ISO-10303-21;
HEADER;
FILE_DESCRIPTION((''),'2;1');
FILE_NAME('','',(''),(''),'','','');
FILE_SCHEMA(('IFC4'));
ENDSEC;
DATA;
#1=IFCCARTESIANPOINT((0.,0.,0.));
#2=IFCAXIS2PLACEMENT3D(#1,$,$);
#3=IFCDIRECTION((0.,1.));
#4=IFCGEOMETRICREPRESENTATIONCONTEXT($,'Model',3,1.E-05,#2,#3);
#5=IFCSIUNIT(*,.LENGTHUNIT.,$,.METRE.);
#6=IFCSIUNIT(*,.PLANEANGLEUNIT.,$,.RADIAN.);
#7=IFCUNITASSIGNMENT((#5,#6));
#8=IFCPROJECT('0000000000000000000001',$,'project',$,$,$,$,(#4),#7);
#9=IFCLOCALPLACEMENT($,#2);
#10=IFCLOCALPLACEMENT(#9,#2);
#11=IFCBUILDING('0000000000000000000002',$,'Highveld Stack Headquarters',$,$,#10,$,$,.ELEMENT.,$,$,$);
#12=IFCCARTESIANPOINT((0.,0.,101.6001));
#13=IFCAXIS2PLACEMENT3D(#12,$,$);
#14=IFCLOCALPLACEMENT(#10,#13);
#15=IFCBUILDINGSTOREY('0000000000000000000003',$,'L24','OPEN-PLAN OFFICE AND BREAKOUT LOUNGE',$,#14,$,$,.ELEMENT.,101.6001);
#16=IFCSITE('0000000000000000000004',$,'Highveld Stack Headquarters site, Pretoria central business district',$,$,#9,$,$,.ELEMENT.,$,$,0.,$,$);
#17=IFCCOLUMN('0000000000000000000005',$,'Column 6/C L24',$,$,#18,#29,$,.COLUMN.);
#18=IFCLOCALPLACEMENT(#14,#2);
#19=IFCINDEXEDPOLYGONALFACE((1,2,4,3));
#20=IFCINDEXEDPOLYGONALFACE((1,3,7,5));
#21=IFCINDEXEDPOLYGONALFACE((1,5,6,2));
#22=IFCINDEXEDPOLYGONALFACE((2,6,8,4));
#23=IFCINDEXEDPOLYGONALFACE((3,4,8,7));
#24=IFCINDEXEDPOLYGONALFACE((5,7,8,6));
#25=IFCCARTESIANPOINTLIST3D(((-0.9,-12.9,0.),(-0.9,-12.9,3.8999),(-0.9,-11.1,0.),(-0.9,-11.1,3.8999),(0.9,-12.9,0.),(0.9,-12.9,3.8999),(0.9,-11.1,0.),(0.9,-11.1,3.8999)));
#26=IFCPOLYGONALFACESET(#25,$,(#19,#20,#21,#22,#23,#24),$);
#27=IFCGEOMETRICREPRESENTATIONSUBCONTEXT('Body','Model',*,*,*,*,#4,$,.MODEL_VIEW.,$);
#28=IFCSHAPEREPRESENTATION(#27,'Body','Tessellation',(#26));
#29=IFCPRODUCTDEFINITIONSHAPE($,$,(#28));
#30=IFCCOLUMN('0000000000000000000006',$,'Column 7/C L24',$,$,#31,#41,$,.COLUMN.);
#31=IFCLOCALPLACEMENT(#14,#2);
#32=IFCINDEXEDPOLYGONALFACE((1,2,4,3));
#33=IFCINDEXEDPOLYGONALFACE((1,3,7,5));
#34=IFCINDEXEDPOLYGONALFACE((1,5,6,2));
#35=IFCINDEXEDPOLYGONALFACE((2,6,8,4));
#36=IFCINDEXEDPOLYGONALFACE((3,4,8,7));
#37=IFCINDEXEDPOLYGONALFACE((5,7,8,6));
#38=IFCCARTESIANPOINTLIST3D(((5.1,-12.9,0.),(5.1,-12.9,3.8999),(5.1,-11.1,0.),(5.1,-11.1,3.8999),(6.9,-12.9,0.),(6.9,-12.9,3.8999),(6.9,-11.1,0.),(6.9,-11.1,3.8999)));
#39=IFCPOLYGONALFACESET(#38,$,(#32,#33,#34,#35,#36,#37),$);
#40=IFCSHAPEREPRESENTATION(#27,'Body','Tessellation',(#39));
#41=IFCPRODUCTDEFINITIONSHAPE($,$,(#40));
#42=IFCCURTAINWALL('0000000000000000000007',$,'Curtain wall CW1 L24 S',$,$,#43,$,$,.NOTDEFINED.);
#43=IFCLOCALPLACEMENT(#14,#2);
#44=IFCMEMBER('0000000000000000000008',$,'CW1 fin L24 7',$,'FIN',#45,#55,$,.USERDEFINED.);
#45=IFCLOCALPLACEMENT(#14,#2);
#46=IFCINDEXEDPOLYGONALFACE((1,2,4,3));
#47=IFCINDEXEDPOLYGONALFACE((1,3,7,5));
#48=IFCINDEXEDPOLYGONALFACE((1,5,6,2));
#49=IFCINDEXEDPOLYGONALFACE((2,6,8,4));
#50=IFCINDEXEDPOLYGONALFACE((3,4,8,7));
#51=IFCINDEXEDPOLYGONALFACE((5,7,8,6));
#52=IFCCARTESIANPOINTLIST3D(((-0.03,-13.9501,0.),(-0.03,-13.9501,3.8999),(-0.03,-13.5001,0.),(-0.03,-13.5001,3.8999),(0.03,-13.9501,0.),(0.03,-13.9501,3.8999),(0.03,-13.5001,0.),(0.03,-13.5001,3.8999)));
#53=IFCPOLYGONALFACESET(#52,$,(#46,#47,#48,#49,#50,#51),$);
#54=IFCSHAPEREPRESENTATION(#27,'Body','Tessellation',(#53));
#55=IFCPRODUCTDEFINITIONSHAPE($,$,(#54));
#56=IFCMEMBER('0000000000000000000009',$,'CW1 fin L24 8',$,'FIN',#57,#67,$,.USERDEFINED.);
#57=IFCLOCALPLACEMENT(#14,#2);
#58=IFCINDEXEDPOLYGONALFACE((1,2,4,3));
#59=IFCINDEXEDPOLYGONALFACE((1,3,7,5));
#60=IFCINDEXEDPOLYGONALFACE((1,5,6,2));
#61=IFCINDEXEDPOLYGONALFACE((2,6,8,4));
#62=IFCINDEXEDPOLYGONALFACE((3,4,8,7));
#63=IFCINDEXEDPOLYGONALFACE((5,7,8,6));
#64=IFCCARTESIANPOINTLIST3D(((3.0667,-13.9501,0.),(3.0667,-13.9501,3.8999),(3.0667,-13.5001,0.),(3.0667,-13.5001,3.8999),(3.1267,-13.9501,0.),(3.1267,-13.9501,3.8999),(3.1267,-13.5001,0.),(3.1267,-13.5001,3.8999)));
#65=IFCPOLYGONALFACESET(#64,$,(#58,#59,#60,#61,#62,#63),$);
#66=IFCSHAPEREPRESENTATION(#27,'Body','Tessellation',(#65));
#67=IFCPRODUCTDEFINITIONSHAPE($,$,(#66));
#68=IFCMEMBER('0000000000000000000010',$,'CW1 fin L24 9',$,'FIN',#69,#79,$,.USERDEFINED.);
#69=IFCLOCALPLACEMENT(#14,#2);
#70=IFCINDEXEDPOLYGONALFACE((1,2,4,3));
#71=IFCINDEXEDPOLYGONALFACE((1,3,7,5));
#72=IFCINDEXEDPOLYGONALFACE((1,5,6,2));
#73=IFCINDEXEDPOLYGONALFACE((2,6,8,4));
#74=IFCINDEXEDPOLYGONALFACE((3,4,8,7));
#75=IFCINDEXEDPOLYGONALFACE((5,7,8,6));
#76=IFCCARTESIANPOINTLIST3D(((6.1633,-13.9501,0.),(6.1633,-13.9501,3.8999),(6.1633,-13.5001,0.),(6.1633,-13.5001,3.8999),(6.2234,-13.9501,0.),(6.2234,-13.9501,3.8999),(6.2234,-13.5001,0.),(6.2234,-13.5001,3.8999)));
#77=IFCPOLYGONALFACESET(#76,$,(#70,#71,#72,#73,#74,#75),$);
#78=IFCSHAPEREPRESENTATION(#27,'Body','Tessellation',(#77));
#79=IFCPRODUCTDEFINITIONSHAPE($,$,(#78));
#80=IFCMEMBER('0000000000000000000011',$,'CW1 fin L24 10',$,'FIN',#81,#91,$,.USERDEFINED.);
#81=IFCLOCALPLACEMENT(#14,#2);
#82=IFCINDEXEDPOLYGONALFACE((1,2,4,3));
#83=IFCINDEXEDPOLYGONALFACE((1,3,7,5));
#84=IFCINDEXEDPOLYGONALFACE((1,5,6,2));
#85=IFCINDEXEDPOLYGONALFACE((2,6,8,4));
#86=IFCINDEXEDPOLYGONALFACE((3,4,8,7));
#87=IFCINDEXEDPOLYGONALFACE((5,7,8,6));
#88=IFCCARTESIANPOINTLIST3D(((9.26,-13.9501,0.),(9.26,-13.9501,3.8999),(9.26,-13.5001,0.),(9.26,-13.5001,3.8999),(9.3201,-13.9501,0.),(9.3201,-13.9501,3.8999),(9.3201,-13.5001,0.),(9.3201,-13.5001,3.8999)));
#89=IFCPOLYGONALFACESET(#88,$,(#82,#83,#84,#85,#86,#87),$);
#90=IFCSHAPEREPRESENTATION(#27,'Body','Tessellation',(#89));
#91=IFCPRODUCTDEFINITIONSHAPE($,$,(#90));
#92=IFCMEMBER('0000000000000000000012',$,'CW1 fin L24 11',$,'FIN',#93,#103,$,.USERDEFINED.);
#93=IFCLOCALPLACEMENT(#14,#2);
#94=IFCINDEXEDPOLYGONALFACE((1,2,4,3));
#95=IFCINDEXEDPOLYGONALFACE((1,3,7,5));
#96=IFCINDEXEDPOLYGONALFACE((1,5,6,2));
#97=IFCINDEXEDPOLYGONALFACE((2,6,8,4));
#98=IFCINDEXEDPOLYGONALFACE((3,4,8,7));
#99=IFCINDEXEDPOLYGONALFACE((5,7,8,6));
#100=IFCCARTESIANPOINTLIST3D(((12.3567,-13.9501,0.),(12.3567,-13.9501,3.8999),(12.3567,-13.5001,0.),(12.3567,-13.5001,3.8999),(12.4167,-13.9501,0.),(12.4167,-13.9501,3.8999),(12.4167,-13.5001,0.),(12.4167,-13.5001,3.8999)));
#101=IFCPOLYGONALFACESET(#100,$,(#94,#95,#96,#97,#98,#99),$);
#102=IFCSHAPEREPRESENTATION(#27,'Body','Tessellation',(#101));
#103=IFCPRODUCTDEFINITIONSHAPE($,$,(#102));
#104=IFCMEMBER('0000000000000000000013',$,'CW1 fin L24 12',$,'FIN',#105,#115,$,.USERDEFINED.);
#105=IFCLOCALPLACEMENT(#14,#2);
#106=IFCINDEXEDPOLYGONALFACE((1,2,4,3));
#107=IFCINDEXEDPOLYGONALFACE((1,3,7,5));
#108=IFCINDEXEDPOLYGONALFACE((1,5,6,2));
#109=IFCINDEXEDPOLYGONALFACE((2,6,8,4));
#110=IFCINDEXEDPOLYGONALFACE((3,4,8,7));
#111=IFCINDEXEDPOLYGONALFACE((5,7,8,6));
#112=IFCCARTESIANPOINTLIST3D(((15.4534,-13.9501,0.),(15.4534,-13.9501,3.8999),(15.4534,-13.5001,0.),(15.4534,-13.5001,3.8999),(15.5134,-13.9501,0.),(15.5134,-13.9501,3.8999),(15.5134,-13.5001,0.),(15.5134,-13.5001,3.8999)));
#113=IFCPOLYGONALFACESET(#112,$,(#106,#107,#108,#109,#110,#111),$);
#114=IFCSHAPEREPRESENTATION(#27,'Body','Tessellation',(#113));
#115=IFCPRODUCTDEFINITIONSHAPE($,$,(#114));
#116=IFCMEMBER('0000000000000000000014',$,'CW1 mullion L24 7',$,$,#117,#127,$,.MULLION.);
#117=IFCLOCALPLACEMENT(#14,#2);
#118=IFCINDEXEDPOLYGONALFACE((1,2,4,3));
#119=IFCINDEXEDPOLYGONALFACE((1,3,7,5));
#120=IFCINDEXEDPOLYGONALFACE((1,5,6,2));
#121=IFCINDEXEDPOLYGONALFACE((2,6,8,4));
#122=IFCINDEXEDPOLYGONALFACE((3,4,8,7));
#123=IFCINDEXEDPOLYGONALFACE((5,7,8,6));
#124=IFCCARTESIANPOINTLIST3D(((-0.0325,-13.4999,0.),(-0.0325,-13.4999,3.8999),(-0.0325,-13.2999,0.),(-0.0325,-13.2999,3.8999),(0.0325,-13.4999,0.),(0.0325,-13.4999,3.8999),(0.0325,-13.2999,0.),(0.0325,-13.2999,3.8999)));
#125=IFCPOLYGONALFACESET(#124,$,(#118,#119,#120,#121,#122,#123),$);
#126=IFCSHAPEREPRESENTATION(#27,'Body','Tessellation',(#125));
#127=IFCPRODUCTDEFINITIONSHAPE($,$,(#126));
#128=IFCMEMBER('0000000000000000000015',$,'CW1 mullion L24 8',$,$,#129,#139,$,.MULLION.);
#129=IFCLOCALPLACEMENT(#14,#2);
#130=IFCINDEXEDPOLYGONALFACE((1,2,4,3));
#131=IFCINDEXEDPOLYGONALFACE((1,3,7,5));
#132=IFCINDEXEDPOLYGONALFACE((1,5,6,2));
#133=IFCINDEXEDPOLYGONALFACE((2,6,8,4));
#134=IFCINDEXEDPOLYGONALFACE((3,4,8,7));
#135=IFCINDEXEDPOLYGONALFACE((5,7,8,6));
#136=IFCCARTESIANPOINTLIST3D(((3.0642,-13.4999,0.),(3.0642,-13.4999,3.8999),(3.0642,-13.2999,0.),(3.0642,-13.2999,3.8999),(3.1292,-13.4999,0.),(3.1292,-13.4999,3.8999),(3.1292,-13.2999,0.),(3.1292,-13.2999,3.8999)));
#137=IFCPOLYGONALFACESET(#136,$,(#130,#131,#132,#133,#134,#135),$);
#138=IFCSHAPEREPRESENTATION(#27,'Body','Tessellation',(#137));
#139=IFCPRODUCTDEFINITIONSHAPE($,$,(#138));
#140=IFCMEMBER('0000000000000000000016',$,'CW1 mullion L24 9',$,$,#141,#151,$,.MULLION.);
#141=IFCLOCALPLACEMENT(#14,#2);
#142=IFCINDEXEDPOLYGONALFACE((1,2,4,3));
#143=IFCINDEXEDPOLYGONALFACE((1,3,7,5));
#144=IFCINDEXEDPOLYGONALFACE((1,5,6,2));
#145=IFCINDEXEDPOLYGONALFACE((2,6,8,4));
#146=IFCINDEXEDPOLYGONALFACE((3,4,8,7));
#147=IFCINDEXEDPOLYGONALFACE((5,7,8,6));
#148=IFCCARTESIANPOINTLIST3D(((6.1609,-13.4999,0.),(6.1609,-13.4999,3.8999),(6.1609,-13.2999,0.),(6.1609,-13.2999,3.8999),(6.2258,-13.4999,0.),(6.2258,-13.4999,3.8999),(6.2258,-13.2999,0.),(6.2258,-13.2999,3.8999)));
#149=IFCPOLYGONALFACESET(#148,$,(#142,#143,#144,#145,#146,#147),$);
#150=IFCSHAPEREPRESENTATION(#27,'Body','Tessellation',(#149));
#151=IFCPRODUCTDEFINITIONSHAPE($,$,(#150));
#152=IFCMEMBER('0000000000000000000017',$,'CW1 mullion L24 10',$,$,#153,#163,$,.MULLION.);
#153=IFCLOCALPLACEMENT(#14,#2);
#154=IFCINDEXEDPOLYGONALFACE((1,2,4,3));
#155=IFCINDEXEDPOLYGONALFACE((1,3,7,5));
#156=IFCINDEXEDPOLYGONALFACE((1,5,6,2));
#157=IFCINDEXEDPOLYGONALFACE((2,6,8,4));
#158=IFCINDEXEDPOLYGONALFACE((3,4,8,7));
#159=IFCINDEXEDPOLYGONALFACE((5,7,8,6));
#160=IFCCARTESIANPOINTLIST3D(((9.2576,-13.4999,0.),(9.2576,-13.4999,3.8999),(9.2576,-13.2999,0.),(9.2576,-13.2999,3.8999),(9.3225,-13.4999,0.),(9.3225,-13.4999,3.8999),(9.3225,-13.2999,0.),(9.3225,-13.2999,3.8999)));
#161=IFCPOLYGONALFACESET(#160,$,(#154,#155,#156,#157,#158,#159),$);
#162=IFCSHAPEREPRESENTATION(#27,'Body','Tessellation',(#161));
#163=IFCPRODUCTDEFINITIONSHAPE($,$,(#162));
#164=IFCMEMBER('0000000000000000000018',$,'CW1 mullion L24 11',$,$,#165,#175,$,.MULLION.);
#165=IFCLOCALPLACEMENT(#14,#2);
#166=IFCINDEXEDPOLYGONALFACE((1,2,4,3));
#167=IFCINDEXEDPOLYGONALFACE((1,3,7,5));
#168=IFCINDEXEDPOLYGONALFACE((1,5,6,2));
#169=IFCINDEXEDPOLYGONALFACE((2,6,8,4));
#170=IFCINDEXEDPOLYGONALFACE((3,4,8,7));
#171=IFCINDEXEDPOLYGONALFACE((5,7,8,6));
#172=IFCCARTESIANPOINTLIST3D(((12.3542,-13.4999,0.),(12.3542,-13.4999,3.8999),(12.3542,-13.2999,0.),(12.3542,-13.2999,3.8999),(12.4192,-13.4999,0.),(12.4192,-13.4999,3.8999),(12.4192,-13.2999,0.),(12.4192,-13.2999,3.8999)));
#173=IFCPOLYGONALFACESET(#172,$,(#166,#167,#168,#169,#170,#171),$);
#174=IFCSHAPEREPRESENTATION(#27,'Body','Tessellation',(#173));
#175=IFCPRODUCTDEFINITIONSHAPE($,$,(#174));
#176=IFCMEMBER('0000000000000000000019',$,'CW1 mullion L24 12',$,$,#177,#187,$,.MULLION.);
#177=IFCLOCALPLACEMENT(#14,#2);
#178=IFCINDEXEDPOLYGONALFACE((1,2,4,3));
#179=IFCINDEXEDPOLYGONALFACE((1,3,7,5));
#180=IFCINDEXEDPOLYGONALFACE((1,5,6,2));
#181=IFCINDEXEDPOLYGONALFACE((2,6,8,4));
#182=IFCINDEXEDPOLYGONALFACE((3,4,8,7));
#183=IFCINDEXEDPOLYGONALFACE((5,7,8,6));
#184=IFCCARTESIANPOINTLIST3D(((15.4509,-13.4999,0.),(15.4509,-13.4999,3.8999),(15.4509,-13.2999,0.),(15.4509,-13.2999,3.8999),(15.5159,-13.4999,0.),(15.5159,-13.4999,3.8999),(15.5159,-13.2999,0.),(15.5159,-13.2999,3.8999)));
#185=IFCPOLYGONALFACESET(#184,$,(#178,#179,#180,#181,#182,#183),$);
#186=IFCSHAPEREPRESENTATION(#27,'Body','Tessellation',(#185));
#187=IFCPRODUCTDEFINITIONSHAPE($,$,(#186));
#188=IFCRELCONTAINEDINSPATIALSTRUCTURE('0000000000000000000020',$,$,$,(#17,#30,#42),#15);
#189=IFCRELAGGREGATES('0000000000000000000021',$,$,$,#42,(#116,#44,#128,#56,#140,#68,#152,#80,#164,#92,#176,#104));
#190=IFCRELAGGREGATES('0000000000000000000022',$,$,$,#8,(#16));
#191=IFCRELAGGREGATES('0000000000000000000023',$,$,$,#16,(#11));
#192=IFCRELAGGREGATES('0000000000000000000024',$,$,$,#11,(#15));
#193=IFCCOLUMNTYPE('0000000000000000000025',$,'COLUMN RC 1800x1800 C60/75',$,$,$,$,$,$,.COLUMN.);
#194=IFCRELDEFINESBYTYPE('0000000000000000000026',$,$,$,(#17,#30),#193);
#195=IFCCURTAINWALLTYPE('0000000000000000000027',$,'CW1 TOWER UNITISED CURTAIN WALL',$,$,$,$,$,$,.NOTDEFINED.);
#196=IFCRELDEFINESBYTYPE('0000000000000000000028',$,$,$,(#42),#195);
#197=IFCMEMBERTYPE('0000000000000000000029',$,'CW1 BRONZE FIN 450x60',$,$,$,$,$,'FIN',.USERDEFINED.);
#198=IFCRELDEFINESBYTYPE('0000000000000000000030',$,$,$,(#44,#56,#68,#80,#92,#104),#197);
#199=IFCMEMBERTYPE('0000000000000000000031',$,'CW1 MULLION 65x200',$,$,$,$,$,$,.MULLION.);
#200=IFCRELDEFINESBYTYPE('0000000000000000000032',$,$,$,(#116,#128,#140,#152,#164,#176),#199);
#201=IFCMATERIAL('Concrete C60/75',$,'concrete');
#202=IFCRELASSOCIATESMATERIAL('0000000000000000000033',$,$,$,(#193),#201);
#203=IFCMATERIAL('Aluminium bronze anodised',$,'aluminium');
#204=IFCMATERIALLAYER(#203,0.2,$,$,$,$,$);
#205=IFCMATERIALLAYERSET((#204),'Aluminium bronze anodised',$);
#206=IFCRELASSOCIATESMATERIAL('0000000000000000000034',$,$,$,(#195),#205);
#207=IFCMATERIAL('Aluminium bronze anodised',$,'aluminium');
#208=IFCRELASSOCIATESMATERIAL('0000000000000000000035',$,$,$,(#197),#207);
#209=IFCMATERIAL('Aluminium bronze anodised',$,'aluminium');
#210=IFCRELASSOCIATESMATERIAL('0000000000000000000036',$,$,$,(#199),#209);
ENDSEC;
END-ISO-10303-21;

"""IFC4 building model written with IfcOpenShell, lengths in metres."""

from ifc_helpers import new_model, si_unit, direction, frame, origin, origin_2d, place, context, subcontext, project, spatial, rectangle, extrude, material, layer, layer_set, material_profile, profile_set, type_object, element, aggregate, save


model = new_model("IFC4")

# Units and contexts
model_context = context("Model", 3, precision=1e-05, world=origin(), true_north=direction((0.0, 1.0)))
body_context = subcontext(model_context, "Body", "Model", "MODEL_VIEW")
ifc_project = project(units=[si_unit("LENGTHUNIT", "METRE"), si_unit("PLANEANGLEUNIT", "RADIAN")], contexts=[model_context])

# Site, building, storey
site_placement = place(None, origin())
site = spatial("IfcSite", under=ifc_project, at=site_placement, Name="Highveld Stack Headquarters site, Pretoria central business district", CompositionType="ELEMENT", RefElevation=0.0)
building_placement = place(site_placement, origin())
building = spatial("IfcBuilding", under=site, at=building_placement, Name="Highveld Stack Headquarters", CompositionType="ELEMENT")
storey_placement = place(building_placement, frame((0.0, 0.0, 101.6001)))
storey = spatial("IfcBuildingStorey", under=building, at=storey_placement, Name="L24", Description="OPEN-PLAN OFFICE AND BREAKOUT LOUNGE", CompositionType="ELEMENT", Elevation=101.6001)

# Columns
ifc_material_1 = material(Name="Concrete C60/75", Category="concrete")
ifc_material_profile_1 = material_profile(ifc_material_1, rectangle(XDim=1.8, YDim=1.8, at=origin_2d()), Name="RC 1800x1800")
ifc_profile_set_1 = profile_set([ifc_material_profile_1], Name="Concrete C60/75")
column_type = type_object("IfcColumnType", Name="COLUMN RC 1800x1800 C60/75", PredefinedType="COLUMN", material=ifc_profile_set_1)
for number, where, z_axis, x_axis, name in (
    (1, (0.0, -12.0, 0.0), (0.0, 0.0, 1.0), (1.0, 0.0, 0.0), "Column 6/C L24"),
    (2, (6.0, -12.0, 0.0), (0.0, 0.0, 1.0), (1.0, 0.0, 0.0), "Column 7/C L24"),
):
    element("IfcColumn", number, at=place(storey_placement, frame(where, z_axis=z_axis, x_axis=x_axis)), inside=storey, type_object=column_type, Name=name, PredefinedType="COLUMN", context=body_context, shape_type="SweptSolid", body=[
        extrude(rectangle(XDim=1.8, YDim=1.8, at=origin_2d()), origin(), (0.0, 0.0, 1.0), 3.8999),
    ])

# Curtain wall, members
ifc_material_2 = material(Name="Aluminium bronze anodised", Category="aluminium")
ifc_layer_1 = layer(ifc_material_2, 0.2)
ifc_layer_set_1 = layer_set([ifc_layer_1], Name="Aluminium bronze anodised")
curtain_wall_type = type_object("IfcCurtainWallType", Name="CW1 TOWER UNITISED CURTAIN WALL", PredefinedType="NOTDEFINED", material=ifc_layer_set_1)
curtain_wall_placement = place(storey_placement, origin())
curtain_wall = element("IfcCurtainWall", 3, at=curtain_wall_placement, inside=storey, type_object=curtain_wall_type, Name="Curtain wall CW1 L24 S", PredefinedType="NOTDEFINED")
ifc_material_3 = material(Name="Aluminium bronze anodised", Category="aluminium")
ifc_material_profile_2 = material_profile(ifc_material_3, rectangle(XDim=0.45, YDim=0.0601, at=origin_2d()), Name="FIN 450x60")
ifc_profile_set_2 = profile_set([ifc_material_profile_2], Name="Aluminium bronze anodised")
member_type_1 = type_object("IfcMemberType", Name="CW1 BRONZE FIN 450x60", ElementType="FIN", PredefinedType="USERDEFINED", material=ifc_profile_set_2)
member_1_placement = place(storey_placement, frame((0.0, -13.7251, 0.0), z_axis=(0.0, 0.0, 1.0), x_axis=(0.0, 1.0, 0.0)))
member_1 = element("IfcMember", 4, at=member_1_placement, type_object=member_type_1, Name="CW1 fin L24 7", ObjectType="FIN", PredefinedType="USERDEFINED", context=body_context, shape_type="SweptSolid", body=[
    extrude(rectangle(XDim=0.45, YDim=0.0601, at=origin_2d()), origin(), (0.0, 0.0, 1.0), 3.8999),
])
member_2_placement = place(storey_placement, frame((3.0967, -13.7251, 0.0), z_axis=(0.0, 0.0, 1.0), x_axis=(0.0, 1.0, 0.0)))
member_2 = element("IfcMember", 5, at=member_2_placement, type_object=member_type_1, Name="CW1 fin L24 8", ObjectType="FIN", PredefinedType="USERDEFINED", context=body_context, shape_type="SweptSolid", body=[
    extrude(rectangle(XDim=0.45, YDim=0.0601, at=origin_2d()), origin(), (0.0, 0.0, 1.0), 3.8999),
])
member_3_placement = place(storey_placement, frame((6.1934, -13.7251, 0.0), z_axis=(0.0, 0.0, 1.0), x_axis=(0.0, 1.0, 0.0)))
member_3 = element("IfcMember", 6, at=member_3_placement, type_object=member_type_1, Name="CW1 fin L24 9", ObjectType="FIN", PredefinedType="USERDEFINED", context=body_context, shape_type="SweptSolid", body=[
    extrude(rectangle(XDim=0.45, YDim=0.0601, at=origin_2d()), origin(), (0.0, 0.0, 1.0), 3.8999),
])
member_4_placement = place(storey_placement, frame((9.29, -13.7251, 0.0), z_axis=(0.0, 0.0, 1.0), x_axis=(0.0, 1.0, 0.0)))
member_4 = element("IfcMember", 7, at=member_4_placement, type_object=member_type_1, Name="CW1 fin L24 10", ObjectType="FIN", PredefinedType="USERDEFINED", context=body_context, shape_type="SweptSolid", body=[
    extrude(rectangle(XDim=0.45, YDim=0.0601, at=origin_2d()), origin(), (0.0, 0.0, 1.0), 3.8999),
])
member_5_placement = place(storey_placement, frame((12.3867, -13.7251, 0.0), z_axis=(0.0, 0.0, 1.0), x_axis=(0.0, 1.0, 0.0)))
member_5 = element("IfcMember", 8, at=member_5_placement, type_object=member_type_1, Name="CW1 fin L24 11", ObjectType="FIN", PredefinedType="USERDEFINED", context=body_context, shape_type="SweptSolid", body=[
    extrude(rectangle(XDim=0.45, YDim=0.0601, at=origin_2d()), origin(), (0.0, 0.0, 1.0), 3.8999),
])
member_6_placement = place(storey_placement, frame((15.4834, -13.7251, 0.0), z_axis=(0.0, 0.0, 1.0), x_axis=(0.0, 1.0, 0.0)))
member_6 = element("IfcMember", 9, at=member_6_placement, type_object=member_type_1, Name="CW1 fin L24 12", ObjectType="FIN", PredefinedType="USERDEFINED", context=body_context, shape_type="SweptSolid", body=[
    extrude(rectangle(XDim=0.45, YDim=0.0601, at=origin_2d()), origin(), (0.0, 0.0, 1.0), 3.8999),
])
ifc_material_4 = material(Name="Aluminium bronze anodised", Category="aluminium")
ifc_material_profile_3 = material_profile(ifc_material_4, rectangle(XDim=0.2, YDim=0.0649, at=origin_2d()), Name="CW1 MULLION 65x200")
ifc_profile_set_3 = profile_set([ifc_material_profile_3], Name="Aluminium bronze anodised")
member_type_2 = type_object("IfcMemberType", Name="CW1 MULLION 65x200", PredefinedType="MULLION", material=ifc_profile_set_3)
member_7_placement = place(storey_placement, frame((0.0, -13.3999, 0.0), z_axis=(0.0, 0.0, 1.0), x_axis=(0.0, 1.0, 0.0)))
member_7 = element("IfcMember", 10, at=member_7_placement, type_object=member_type_2, Name="CW1 mullion L24 7", PredefinedType="MULLION", context=body_context, shape_type="SweptSolid", body=[
    extrude(rectangle(XDim=0.2, YDim=0.0649, at=origin_2d()), origin(), (0.0, 0.0, 1.0), 3.8999),
])
member_8_placement = place(storey_placement, frame((3.0967, -13.3999, 0.0), z_axis=(0.0, 0.0, 1.0), x_axis=(0.0, 1.0, 0.0)))
member_8 = element("IfcMember", 11, at=member_8_placement, type_object=member_type_2, Name="CW1 mullion L24 8", PredefinedType="MULLION", context=body_context, shape_type="SweptSolid", body=[
    extrude(rectangle(XDim=0.2, YDim=0.0649, at=origin_2d()), origin(), (0.0, 0.0, 1.0), 3.8999),
])
member_9_placement = place(storey_placement, frame((6.1934, -13.3999, 0.0), z_axis=(0.0, 0.0, 1.0), x_axis=(0.0, 1.0, 0.0)))
member_9 = element("IfcMember", 12, at=member_9_placement, type_object=member_type_2, Name="CW1 mullion L24 9", PredefinedType="MULLION", context=body_context, shape_type="SweptSolid", body=[
    extrude(rectangle(XDim=0.2, YDim=0.0649, at=origin_2d()), origin(), (0.0, 0.0, 1.0), 3.8999),
])
member_10_placement = place(storey_placement, frame((9.29, -13.3999, 0.0), z_axis=(0.0, 0.0, 1.0), x_axis=(0.0, 1.0, 0.0)))
member_10 = element("IfcMember", 13, at=member_10_placement, type_object=member_type_2, Name="CW1 mullion L24 10", PredefinedType="MULLION", context=body_context, shape_type="SweptSolid", body=[
    extrude(rectangle(XDim=0.2, YDim=0.0649, at=origin_2d()), origin(), (0.0, 0.0, 1.0), 3.8999),
])
member_11_placement = place(storey_placement, frame((12.3867, -13.3999, 0.0), z_axis=(0.0, 0.0, 1.0), x_axis=(0.0, 1.0, 0.0)))
member_11 = element("IfcMember", 14, at=member_11_placement, type_object=member_type_2, Name="CW1 mullion L24 11", PredefinedType="MULLION", context=body_context, shape_type="SweptSolid", body=[
    extrude(rectangle(XDim=0.2, YDim=0.0649, at=origin_2d()), origin(), (0.0, 0.0, 1.0), 3.8999),
])
member_12_placement = place(storey_placement, frame((15.4834, -13.3999, 0.0), z_axis=(0.0, 0.0, 1.0), x_axis=(0.0, 1.0, 0.0)))
member_12 = element("IfcMember", 15, at=member_12_placement, type_object=member_type_2, Name="CW1 mullion L24 12", PredefinedType="MULLION", context=body_context, shape_type="SweptSolid", body=[
    extrude(rectangle(XDim=0.2, YDim=0.0649, at=origin_2d()), origin(), (0.0, 0.0, 1.0), 3.8999),
])
aggregate(curtain_wall, [member_7, member_1, member_8, member_2, member_9, member_3, member_10, member_4, member_11, member_5, member_12, member_6])

save(model, "model.ifc")
